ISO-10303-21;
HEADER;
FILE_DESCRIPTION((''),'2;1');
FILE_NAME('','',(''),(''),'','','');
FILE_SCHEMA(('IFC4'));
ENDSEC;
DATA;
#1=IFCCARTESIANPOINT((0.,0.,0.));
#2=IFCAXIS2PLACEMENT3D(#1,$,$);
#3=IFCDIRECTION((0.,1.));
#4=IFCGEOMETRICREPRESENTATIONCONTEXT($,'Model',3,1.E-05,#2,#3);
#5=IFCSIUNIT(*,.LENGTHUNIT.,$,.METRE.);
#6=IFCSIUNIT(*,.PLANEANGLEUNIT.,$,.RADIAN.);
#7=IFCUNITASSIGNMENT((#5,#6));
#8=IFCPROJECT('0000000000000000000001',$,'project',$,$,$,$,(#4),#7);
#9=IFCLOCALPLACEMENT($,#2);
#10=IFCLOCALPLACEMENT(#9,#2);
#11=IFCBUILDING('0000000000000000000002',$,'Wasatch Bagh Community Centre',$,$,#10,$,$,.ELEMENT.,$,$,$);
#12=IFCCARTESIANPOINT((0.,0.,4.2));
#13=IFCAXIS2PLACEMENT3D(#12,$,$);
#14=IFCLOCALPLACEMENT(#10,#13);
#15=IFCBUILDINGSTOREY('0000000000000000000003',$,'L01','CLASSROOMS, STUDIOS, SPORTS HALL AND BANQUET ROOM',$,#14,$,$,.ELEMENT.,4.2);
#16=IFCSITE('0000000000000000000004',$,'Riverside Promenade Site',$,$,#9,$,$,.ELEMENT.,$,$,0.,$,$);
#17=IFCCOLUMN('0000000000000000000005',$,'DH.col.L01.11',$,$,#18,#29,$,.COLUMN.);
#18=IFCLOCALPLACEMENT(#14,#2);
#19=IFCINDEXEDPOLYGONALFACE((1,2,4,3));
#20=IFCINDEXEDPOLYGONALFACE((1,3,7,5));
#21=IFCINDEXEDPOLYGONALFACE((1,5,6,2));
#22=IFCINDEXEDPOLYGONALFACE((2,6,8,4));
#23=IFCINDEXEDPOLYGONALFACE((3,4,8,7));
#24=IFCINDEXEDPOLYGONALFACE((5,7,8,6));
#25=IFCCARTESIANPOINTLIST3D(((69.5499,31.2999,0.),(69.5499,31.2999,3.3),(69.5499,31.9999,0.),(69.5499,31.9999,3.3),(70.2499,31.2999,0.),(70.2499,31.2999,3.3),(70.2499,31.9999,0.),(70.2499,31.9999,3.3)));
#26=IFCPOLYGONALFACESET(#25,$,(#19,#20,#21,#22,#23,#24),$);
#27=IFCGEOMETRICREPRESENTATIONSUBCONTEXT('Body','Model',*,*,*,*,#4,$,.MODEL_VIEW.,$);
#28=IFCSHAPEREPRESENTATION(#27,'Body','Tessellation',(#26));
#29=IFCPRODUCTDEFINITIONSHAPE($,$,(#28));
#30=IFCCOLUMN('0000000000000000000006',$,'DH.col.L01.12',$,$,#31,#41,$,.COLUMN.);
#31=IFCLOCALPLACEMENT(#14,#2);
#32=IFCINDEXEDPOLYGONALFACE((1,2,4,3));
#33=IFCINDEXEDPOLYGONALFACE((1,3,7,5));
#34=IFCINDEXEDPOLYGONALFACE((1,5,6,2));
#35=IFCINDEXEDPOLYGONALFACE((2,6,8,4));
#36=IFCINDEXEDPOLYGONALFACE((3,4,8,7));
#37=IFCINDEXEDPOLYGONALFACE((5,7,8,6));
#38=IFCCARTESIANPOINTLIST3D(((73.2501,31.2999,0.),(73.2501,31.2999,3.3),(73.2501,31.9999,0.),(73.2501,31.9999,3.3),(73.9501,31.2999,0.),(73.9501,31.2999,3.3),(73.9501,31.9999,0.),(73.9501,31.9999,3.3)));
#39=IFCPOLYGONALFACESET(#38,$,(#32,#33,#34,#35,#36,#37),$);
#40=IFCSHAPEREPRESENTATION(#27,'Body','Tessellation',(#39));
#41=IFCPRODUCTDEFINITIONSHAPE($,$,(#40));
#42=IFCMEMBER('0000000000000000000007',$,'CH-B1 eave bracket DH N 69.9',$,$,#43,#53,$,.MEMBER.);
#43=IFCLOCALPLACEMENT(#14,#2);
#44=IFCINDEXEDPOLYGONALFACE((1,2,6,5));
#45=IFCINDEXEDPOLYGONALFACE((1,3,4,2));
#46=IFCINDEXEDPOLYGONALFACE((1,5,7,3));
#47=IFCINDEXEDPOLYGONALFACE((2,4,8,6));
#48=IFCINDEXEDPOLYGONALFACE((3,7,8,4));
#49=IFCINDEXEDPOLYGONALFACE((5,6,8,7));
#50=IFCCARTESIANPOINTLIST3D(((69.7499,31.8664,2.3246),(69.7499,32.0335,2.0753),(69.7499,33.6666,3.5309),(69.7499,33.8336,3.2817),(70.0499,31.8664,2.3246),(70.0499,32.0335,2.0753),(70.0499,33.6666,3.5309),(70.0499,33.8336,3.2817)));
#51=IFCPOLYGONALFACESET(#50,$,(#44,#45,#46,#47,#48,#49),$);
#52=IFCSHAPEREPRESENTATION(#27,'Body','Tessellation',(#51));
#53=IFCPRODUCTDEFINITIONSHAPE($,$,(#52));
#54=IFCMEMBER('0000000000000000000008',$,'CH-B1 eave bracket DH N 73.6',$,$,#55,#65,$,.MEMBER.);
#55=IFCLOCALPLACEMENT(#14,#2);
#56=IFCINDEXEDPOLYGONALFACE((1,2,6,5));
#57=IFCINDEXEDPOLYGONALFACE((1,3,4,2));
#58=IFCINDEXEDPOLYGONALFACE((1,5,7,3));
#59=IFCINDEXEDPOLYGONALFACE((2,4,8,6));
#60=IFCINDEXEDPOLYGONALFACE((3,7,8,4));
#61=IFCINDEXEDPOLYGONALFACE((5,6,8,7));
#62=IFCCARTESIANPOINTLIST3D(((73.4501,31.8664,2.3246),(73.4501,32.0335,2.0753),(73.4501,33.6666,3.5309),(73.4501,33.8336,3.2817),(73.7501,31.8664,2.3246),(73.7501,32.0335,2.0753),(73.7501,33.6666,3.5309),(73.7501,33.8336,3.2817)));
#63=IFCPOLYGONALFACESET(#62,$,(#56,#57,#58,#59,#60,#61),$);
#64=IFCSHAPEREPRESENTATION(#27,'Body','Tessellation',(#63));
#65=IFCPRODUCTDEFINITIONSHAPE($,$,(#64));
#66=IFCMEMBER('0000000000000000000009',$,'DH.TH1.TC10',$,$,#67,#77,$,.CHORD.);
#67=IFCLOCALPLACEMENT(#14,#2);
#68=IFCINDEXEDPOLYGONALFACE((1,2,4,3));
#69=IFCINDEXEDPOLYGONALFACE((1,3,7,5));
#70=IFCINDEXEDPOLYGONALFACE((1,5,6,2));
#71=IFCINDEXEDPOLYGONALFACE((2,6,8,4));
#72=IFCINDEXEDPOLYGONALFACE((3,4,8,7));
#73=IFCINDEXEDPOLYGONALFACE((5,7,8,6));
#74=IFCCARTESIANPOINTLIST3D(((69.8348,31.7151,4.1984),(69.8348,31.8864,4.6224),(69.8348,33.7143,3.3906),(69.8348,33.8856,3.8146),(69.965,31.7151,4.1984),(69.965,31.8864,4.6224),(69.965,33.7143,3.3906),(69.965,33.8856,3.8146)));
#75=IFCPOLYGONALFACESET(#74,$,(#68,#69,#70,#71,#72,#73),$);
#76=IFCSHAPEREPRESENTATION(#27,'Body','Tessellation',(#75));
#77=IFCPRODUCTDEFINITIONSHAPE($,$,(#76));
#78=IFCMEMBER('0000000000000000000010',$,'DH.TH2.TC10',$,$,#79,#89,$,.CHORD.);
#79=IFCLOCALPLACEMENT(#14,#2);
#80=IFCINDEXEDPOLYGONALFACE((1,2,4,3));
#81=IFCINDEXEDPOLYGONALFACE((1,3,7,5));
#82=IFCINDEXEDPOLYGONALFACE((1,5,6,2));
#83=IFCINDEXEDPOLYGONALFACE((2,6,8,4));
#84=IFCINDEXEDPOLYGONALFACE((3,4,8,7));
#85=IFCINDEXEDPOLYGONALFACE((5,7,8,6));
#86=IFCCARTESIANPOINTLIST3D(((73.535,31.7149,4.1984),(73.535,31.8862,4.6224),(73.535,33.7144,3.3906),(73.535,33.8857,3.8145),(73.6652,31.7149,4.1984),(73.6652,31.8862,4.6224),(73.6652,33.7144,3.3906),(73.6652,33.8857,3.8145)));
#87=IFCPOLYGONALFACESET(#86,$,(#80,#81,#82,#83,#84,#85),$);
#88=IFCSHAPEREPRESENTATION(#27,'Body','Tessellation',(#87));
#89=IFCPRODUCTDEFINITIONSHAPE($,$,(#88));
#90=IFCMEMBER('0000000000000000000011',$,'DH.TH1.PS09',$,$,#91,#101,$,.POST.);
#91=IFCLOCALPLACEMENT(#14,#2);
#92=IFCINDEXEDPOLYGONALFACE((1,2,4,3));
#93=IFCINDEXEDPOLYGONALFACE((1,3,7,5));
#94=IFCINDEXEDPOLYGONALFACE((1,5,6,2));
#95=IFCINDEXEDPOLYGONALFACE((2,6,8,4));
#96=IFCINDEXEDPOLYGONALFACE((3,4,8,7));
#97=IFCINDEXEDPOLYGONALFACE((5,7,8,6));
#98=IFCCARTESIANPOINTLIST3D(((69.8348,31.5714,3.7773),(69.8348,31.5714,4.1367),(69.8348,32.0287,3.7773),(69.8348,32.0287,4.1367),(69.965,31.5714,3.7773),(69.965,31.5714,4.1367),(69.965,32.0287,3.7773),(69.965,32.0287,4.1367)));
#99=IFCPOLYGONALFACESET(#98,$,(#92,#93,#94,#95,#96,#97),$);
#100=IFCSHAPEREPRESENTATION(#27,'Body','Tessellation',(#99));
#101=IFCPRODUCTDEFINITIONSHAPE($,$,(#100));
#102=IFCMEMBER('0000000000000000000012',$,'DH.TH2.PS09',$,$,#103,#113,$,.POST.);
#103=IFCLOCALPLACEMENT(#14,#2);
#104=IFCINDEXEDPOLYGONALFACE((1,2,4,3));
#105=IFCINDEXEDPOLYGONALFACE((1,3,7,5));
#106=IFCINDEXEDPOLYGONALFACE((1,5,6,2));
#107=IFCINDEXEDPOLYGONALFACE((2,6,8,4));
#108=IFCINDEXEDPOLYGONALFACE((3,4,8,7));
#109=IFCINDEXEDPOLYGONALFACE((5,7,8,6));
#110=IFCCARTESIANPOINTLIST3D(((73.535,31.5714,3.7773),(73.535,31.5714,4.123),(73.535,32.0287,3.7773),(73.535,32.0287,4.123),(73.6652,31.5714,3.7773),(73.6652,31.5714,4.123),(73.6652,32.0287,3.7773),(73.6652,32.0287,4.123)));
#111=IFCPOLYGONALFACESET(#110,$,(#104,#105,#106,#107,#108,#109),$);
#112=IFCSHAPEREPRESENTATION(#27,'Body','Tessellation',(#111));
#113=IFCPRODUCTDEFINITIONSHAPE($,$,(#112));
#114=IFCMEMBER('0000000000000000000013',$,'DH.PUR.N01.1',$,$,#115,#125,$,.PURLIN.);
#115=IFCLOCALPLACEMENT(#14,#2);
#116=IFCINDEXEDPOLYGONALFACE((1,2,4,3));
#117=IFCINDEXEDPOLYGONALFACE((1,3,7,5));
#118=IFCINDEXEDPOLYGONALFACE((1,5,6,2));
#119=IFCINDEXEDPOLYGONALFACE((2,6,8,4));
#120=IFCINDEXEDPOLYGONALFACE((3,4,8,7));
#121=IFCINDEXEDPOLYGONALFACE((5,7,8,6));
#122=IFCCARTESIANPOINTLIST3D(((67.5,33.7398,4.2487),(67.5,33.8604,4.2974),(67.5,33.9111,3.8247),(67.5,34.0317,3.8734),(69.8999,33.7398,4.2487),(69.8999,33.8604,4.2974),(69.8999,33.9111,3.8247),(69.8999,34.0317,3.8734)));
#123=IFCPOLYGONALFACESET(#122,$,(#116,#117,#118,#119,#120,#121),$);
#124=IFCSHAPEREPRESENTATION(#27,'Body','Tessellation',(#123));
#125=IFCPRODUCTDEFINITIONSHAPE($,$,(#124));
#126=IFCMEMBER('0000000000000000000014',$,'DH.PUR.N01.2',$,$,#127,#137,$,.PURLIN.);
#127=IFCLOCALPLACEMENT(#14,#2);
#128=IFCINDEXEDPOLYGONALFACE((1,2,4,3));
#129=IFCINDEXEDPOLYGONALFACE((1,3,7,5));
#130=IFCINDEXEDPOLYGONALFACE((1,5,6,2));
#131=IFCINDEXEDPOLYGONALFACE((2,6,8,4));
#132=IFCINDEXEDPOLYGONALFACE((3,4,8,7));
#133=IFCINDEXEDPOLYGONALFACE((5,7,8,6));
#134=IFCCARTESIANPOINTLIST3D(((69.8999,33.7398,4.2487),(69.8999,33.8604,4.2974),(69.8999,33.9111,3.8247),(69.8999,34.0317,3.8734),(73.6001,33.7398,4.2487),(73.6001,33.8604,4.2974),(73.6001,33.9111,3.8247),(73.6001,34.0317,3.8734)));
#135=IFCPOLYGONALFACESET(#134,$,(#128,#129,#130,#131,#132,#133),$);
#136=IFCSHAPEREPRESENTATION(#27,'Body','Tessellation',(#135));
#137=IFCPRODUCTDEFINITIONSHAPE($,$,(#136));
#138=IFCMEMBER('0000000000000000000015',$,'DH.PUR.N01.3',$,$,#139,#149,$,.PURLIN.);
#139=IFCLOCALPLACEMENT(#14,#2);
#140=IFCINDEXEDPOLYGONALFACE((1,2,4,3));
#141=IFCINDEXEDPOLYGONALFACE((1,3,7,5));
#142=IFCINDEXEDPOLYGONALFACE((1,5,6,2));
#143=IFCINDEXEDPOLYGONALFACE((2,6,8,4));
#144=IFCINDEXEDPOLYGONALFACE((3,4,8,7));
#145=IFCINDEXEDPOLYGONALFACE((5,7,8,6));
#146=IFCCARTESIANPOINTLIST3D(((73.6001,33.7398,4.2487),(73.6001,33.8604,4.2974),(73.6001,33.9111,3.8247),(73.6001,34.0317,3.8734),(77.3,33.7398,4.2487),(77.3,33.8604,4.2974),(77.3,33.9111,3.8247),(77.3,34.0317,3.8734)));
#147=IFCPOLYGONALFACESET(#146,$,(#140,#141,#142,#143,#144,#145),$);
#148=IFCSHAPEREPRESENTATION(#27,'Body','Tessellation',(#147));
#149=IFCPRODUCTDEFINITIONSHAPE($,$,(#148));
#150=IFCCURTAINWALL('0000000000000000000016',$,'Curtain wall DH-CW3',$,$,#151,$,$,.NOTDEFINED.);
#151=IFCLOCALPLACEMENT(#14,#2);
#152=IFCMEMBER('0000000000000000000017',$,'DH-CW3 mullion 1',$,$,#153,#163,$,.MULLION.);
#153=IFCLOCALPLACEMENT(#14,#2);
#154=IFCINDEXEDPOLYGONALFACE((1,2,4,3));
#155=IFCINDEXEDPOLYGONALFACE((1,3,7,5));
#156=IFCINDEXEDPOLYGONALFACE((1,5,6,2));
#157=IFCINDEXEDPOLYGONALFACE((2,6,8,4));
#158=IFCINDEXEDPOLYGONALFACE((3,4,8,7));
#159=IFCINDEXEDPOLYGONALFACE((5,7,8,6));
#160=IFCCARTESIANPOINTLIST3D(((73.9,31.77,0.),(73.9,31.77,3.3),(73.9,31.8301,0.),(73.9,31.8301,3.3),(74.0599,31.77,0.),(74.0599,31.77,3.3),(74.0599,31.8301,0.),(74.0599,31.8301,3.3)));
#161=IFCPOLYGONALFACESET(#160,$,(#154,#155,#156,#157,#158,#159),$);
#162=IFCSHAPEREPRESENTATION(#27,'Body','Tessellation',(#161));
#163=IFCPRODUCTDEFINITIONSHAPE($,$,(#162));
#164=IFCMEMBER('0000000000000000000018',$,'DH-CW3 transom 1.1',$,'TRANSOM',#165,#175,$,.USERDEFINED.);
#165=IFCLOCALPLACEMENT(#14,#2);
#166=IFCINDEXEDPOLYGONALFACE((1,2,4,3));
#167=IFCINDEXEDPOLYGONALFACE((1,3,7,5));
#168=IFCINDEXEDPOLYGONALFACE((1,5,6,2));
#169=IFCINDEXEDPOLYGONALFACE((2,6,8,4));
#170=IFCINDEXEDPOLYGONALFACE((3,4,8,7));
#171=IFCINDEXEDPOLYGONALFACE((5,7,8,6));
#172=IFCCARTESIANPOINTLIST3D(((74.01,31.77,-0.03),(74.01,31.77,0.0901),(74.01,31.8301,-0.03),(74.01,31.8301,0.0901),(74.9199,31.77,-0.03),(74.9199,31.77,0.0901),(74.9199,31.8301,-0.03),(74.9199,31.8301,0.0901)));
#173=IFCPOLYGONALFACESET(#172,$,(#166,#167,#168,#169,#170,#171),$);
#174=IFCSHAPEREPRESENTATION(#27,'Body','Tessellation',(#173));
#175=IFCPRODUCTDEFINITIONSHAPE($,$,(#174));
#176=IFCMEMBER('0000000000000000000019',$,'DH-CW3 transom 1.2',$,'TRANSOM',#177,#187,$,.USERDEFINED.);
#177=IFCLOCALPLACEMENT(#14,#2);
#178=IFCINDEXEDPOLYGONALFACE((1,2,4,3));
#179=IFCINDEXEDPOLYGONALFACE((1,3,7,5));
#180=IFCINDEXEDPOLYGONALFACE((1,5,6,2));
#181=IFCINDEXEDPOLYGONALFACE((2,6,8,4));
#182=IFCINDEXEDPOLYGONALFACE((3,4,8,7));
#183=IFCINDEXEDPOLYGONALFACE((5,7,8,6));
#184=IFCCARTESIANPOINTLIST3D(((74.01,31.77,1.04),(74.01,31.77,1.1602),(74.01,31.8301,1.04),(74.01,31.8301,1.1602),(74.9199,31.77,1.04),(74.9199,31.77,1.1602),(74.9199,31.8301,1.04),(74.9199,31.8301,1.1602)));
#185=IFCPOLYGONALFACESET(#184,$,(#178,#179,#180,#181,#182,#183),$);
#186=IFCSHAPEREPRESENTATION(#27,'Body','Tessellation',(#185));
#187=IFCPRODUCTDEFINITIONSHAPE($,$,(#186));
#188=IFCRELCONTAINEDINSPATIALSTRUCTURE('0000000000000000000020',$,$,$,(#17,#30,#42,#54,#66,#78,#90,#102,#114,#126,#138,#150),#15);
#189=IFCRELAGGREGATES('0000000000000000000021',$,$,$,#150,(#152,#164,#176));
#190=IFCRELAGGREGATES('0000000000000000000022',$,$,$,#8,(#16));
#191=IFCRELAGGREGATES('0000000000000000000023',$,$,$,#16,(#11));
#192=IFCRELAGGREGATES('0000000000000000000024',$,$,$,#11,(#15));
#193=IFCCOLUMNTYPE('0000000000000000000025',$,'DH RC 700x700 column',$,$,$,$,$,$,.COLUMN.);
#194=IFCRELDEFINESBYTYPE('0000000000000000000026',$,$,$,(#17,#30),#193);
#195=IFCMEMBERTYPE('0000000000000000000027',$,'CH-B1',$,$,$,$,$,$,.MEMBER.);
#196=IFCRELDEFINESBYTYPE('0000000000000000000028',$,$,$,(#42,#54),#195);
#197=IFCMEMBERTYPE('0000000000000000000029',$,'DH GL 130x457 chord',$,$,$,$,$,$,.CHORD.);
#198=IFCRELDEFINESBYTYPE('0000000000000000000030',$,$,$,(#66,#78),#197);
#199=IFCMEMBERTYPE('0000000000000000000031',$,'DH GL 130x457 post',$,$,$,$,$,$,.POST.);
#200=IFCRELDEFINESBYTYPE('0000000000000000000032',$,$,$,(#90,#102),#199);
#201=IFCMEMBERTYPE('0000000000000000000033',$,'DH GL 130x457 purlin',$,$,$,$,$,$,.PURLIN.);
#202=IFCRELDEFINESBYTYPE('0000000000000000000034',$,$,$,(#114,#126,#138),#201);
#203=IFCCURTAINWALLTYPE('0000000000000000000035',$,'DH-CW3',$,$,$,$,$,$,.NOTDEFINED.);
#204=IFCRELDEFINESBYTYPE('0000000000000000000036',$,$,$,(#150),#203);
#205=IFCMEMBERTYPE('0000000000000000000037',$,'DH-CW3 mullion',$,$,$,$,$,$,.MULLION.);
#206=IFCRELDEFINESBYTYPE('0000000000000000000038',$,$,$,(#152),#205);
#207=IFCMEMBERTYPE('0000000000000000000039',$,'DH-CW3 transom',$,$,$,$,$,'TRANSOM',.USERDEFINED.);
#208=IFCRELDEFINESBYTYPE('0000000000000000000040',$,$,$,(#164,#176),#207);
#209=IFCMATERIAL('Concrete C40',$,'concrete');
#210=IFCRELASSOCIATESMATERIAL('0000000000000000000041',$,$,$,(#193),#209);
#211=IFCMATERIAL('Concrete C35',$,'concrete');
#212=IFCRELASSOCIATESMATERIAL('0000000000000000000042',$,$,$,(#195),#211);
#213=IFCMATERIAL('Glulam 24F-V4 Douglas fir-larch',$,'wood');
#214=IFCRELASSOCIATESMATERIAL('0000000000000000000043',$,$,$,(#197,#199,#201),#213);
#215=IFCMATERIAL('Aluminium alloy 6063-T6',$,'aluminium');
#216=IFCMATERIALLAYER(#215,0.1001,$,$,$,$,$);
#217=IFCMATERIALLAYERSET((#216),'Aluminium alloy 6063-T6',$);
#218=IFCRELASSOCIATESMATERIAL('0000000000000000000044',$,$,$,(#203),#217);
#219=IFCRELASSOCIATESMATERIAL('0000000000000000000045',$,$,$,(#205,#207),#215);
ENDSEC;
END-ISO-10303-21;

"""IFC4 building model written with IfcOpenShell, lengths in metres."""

from ifc_helpers import new_model, si_unit, direction, frame, origin, origin_2d, place, context, subcontext, project, spatial, rectangle, extrude, material, layer, layer_set, material_profile, profile_set, type_object, element, aggregate, save


model = new_model("IFC4")

# Units and contexts
model_context = context("Model", 3, precision=1e-05, world=origin(), true_north=direction((0.0, 1.0)))
body_context = subcontext(model_context, "Body", "Model", "MODEL_VIEW")
ifc_project = project(units=[si_unit("LENGTHUNIT", "METRE"), si_unit("PLANEANGLEUNIT", "RADIAN")], contexts=[model_context])

# Site, building, storey
site_placement = place(None, origin())
site = spatial("IfcSite", under=ifc_project, at=site_placement, Name="Riverside Promenade Site", CompositionType="ELEMENT", RefElevation=0.0)
building_placement = place(site_placement, origin())
building = spatial("IfcBuilding", under=site, at=building_placement, Name="Wasatch Bagh Community Centre", CompositionType="ELEMENT")
storey_placement = place(building_placement, frame((0.0, 0.0, 4.2)))
storey = spatial("IfcBuildingStorey", under=building, at=storey_placement, Name="L01", Description="CLASSROOMS, STUDIOS, SPORTS HALL AND BANQUET ROOM", CompositionType="ELEMENT", Elevation=4.2)

# Columns
ifc_material_1 = material(Name="Concrete C40", Category="concrete")
ifc_material_profile_1 = material_profile(ifc_material_1, rectangle(XDim=0.7, YDim=0.7, at=origin_2d()), Name="RC 700x700")
ifc_profile_set_1 = profile_set([ifc_material_profile_1], Name="Concrete C40")
column_type = type_object("IfcColumnType", Name="DH RC 700x700 column", PredefinedType="COLUMN", material=ifc_profile_set_1)
for number, where, z_axis, x_axis, name in (
    (1, (69.8999, 31.6499, 0.0), (0.0, 0.0, 1.0), (1.0, 0.0, 0.0), "DH.col.L01.11"),
    (2, (73.6001, 31.6499, 0.0), (0.0, 0.0, 1.0), (1.0, 0.0, 0.0), "DH.col.L01.12"),
):
    element("IfcColumn", number, at=place(storey_placement, frame(where, z_axis=z_axis, x_axis=x_axis)), inside=storey, type_object=column_type, Name=name, PredefinedType="COLUMN", context=body_context, shape_type="SweptSolid", body=[
        extrude(rectangle(XDim=0.7, YDim=0.7, at=origin_2d()), origin(), (0.0, 0.0, 1.0), 3.3),
    ])

# Members
ifc_material_2 = material(Name="Concrete C35", Category="concrete")
ifc_material_profile_2 = material_profile(ifc_material_2, rectangle(XDim=0.3, YDim=0.3, at=origin_2d()), Name="RC 300x300")
ifc_profile_set_2 = profile_set([ifc_material_profile_2], Name="Concrete C35")
member_type_1 = type_object("IfcMemberType", Name="CH-B1", PredefinedType="MEMBER", material=ifc_profile_set_2)
for number, where, z_axis, x_axis, name in (
    (3, (69.8999, 31.95, 2.2), (0.0, 0.830713, 0.556701), (-1.0, 0.0, 0.0), "CH-B1 eave bracket DH N 69.9"),
    (4, (73.6001, 31.95, 2.2), (0.0, 0.830713, 0.556701), (-1.0, 0.0, 0.0), "CH-B1 eave bracket DH N 73.6"),
):
    element("IfcMember", number, at=place(storey_placement, frame(where, z_axis=z_axis, x_axis=x_axis)), inside=storey, type_object=member_type_1, Name=name, PredefinedType="MEMBER", context=body_context, shape_type="SweptSolid", body=[
        extrude(rectangle(XDim=0.3, YDim=0.3, at=origin_2d()), origin(), (0.0, 0.0, 1.0), 2.167),
    ])
ifc_material_3 = material(Name="Glulam 24F-V4 Douglas fir-larch", Category="wood")
ifc_material_profile_3 = material_profile(ifc_material_3, rectangle(XDim=0.1301, YDim=0.4573, at=origin_2d()), Name="GL 130x457")
ifc_profile_set_3 = profile_set([ifc_material_profile_3], Name="Glulam 24F-V4 Douglas fir-larch")
member_type_2 = type_object("IfcMemberType", Name="DH GL 130x457 chord", PredefinedType="CHORD", material=ifc_profile_set_3)
member_1_placement = place(storey_placement, frame((69.8999, 31.8008, 4.4104), z_axis=(0.0, 0.927167, -0.374648), x_axis=(-1.0, 0.0, 0.0)))
element("IfcMember", 5, at=member_1_placement, inside=storey, type_object=member_type_2, Name="DH.TH1.TC10", PredefinedType="CHORD", context=body_context, shape_type="SweptSolid", body=[
    extrude(rectangle(XDim=0.1301, YDim=0.4573, at=origin_2d()), origin(), (0.0, 0.0, 1.0), 2.1562),
])
member_2_placement = place(storey_placement, frame((73.6001, 31.8005, 4.4104), z_axis=(0.0, 0.927183, -0.374609), x_axis=(-1.0, 0.0, 0.0)))
element("IfcMember", 6, at=member_2_placement, inside=storey, type_object=member_type_2, Name="DH.TH2.TC10", PredefinedType="CHORD", context=body_context, shape_type="SweptSolid", body=[
    extrude(rectangle(XDim=0.1301, YDim=0.4573, at=origin_2d()), origin(), (0.0, 0.0, 1.0), 2.1565),
])
ifc_material_profile_4 = material_profile(ifc_material_3, rectangle(XDim=0.1301, YDim=0.4573, at=origin_2d()), Name="GL 130x457")
ifc_profile_set_4 = profile_set([ifc_material_profile_4], Name="Glulam 24F-V4 Douglas fir-larch")
member_type_3 = type_object("IfcMemberType", Name="DH GL 130x457 post", PredefinedType="POST", material=ifc_profile_set_4)
member_3_placement = place(storey_placement, frame((69.8999, 31.8, 3.7773), z_axis=(0.0, 0.0, 1.0), x_axis=(1.0, 0.0, 0.0)))
element("IfcMember", 7, at=member_3_placement, inside=storey, type_object=member_type_3, Name="DH.TH1.PS09", PredefinedType="POST", context=body_context, shape_type="SweptSolid", body=[
    extrude(rectangle(XDim=0.1301, YDim=0.4573, at=origin_2d()), origin(), (0.0, 0.0, 1.0), 0.3594),
])
member_4_placement = place(storey_placement, frame((73.6001, 31.8, 3.7773), z_axis=(0.0, 0.0, 1.0), x_axis=(1.0, 0.0, 0.0)))
element("IfcMember", 8, at=member_4_placement, inside=storey, type_object=member_type_3, Name="DH.TH2.PS09", PredefinedType="POST", context=body_context, shape_type="SweptSolid", body=[
    extrude(rectangle(XDim=0.1301, YDim=0.4573, at=origin_2d()), origin(), (0.0, 0.0, 1.0), 0.3457),
])
ifc_material_profile_5 = material_profile(ifc_material_3, rectangle(XDim=0.1301, YDim=0.4573, at=origin_2d()), Name="GL 130x457")
ifc_profile_set_5 = profile_set([ifc_material_profile_5], Name="Glulam 24F-V4 Douglas fir-larch")
member_type_4 = type_object("IfcMemberType", Name="DH GL 130x457 purlin", PredefinedType="PURLIN", material=ifc_profile_set_5)
member_5_placement = place(storey_placement, frame((67.5, 33.8857, 4.061), z_axis=(1.0, 0.0, 0.0), x_axis=(0.0, 0.927184, 0.374607)))
element("IfcMember", 9, at=member_5_placement, inside=storey, type_object=member_type_4, Name="DH.PUR.N01.1", PredefinedType="PURLIN", context=body_context, shape_type="SweptSolid", body=[
    extrude(rectangle(XDim=0.1301, YDim=0.4573, at=origin_2d()), origin(), (0.0, 0.0, 1.0), 2.3999),
])
member_6_placement = place(storey_placement, frame((69.8999, 33.8857, 4.061), z_axis=(1.0, 0.0, 0.0), x_axis=(0.0, 0.927184, 0.374607)))
element("IfcMember", 10, at=member_6_placement, inside=storey, type_object=member_type_4, Name="DH.PUR.N01.2", PredefinedType="PURLIN", context=body_context, shape_type="SweptSolid", body=[
    extrude(rectangle(XDim=0.1301, YDim=0.4573, at=origin_2d()), origin(), (0.0, 0.0, 1.0), 3.7002),
])
member_7_placement = place(storey_placement, frame((73.6001, 33.8857, 4.061), z_axis=(1.0, 0.0, 0.0), x_axis=(0.0, 0.927184, 0.374607)))
element("IfcMember", 11, at=member_7_placement, inside=storey, type_object=member_type_4, Name="DH.PUR.N01.3", PredefinedType="PURLIN", context=body_context, shape_type="SweptSolid", body=[
    extrude(rectangle(XDim=0.1301, YDim=0.4573, at=origin_2d()), origin(), (0.0, 0.0, 1.0), 3.7),
])

# Curtain wall, members
ifc_material_4 = material(Name="Aluminium alloy 6063-T6", Category="aluminium")
ifc_layer_1 = layer(ifc_material_4, 0.1001)
ifc_layer_set_1 = layer_set([ifc_layer_1], Name="Aluminium alloy 6063-T6")
curtain_wall_type = type_object("IfcCurtainWallType", Name="DH-CW3", PredefinedType="NOTDEFINED", material=ifc_layer_set_1)
curtain_wall_placement = place(storey_placement, origin())
curtain_wall = element("IfcCurtainWall", 12, at=curtain_wall_placement, inside=storey, type_object=curtain_wall_type, Name="Curtain wall DH-CW3", PredefinedType="NOTDEFINED")
ifc_material_profile_6 = material_profile(ifc_material_4, rectangle(XDim=0.0601, YDim=0.1599, at=origin_2d()), Name="AL 60x160")
ifc_profile_set_6 = profile_set([ifc_material_profile_6], Name="Aluminium alloy 6063-T6")
member_type_5 = type_object("IfcMemberType", Name="DH-CW3 mullion", PredefinedType="MULLION", material=ifc_profile_set_6)
member_8_placement = place(storey_placement, frame((73.98, 31.8, 0.0), z_axis=(0.0, 0.0, 1.0), x_axis=(0.0, 1.0, 0.0)))
member_8 = element("IfcMember", 13, at=member_8_placement, type_object=member_type_5, Name="DH-CW3 mullion 1", PredefinedType="MULLION", context=body_context, shape_type="SweptSolid", body=[
    extrude(rectangle(XDim=0.0601, YDim=0.1599, at=origin_2d()), origin(), (0.0, 0.0, 1.0), 3.3),
])
ifc_material_profile_7 = material_profile(ifc_material_4, rectangle(XDim=0.0601, YDim=0.1201, at=origin_2d()), Name="AL 60x120")
ifc_profile_set_7 = profile_set([ifc_material_profile_7], Name="Aluminium alloy 6063-T6")
member_type_6 = type_object("IfcMemberType", Name="DH-CW3 transom", ElementType="TRANSOM", PredefinedType="USERDEFINED", material=ifc_profile_set_7)
member_9_placement = place(storey_placement, frame((74.01, 31.8, 0.03), z_axis=(1.0, 0.0, 0.0), x_axis=(0.0, 1.0, 0.0)))
member_9 = element("IfcMember", 14, at=member_9_placement, type_object=member_type_6, Name="DH-CW3 transom 1.1", ObjectType="TRANSOM", PredefinedType="USERDEFINED", context=body_context, shape_type="SweptSolid", body=[
    extrude(rectangle(XDim=0.0601, YDim=0.1201, at=origin_2d()), origin(), (0.0, 0.0, 1.0), 0.9099),
])
member_10_placement = place(storey_placement, frame((74.01, 31.8, 1.1001), z_axis=(1.0, 0.0, 0.0), x_axis=(0.0, 1.0, 0.0)))
member_10 = element("IfcMember", 15, at=member_10_placement, type_object=member_type_6, Name="DH-CW3 transom 1.2", ObjectType="TRANSOM", PredefinedType="USERDEFINED", context=body_context, shape_type="SweptSolid", body=[
    extrude(rectangle(XDim=0.0601, YDim=0.1201, at=origin_2d()), origin(), (0.0, 0.0, 1.0), 0.9099),
])
aggregate(curtain_wall, [member_8, member_9, member_10])

save(model, "model.ifc")
